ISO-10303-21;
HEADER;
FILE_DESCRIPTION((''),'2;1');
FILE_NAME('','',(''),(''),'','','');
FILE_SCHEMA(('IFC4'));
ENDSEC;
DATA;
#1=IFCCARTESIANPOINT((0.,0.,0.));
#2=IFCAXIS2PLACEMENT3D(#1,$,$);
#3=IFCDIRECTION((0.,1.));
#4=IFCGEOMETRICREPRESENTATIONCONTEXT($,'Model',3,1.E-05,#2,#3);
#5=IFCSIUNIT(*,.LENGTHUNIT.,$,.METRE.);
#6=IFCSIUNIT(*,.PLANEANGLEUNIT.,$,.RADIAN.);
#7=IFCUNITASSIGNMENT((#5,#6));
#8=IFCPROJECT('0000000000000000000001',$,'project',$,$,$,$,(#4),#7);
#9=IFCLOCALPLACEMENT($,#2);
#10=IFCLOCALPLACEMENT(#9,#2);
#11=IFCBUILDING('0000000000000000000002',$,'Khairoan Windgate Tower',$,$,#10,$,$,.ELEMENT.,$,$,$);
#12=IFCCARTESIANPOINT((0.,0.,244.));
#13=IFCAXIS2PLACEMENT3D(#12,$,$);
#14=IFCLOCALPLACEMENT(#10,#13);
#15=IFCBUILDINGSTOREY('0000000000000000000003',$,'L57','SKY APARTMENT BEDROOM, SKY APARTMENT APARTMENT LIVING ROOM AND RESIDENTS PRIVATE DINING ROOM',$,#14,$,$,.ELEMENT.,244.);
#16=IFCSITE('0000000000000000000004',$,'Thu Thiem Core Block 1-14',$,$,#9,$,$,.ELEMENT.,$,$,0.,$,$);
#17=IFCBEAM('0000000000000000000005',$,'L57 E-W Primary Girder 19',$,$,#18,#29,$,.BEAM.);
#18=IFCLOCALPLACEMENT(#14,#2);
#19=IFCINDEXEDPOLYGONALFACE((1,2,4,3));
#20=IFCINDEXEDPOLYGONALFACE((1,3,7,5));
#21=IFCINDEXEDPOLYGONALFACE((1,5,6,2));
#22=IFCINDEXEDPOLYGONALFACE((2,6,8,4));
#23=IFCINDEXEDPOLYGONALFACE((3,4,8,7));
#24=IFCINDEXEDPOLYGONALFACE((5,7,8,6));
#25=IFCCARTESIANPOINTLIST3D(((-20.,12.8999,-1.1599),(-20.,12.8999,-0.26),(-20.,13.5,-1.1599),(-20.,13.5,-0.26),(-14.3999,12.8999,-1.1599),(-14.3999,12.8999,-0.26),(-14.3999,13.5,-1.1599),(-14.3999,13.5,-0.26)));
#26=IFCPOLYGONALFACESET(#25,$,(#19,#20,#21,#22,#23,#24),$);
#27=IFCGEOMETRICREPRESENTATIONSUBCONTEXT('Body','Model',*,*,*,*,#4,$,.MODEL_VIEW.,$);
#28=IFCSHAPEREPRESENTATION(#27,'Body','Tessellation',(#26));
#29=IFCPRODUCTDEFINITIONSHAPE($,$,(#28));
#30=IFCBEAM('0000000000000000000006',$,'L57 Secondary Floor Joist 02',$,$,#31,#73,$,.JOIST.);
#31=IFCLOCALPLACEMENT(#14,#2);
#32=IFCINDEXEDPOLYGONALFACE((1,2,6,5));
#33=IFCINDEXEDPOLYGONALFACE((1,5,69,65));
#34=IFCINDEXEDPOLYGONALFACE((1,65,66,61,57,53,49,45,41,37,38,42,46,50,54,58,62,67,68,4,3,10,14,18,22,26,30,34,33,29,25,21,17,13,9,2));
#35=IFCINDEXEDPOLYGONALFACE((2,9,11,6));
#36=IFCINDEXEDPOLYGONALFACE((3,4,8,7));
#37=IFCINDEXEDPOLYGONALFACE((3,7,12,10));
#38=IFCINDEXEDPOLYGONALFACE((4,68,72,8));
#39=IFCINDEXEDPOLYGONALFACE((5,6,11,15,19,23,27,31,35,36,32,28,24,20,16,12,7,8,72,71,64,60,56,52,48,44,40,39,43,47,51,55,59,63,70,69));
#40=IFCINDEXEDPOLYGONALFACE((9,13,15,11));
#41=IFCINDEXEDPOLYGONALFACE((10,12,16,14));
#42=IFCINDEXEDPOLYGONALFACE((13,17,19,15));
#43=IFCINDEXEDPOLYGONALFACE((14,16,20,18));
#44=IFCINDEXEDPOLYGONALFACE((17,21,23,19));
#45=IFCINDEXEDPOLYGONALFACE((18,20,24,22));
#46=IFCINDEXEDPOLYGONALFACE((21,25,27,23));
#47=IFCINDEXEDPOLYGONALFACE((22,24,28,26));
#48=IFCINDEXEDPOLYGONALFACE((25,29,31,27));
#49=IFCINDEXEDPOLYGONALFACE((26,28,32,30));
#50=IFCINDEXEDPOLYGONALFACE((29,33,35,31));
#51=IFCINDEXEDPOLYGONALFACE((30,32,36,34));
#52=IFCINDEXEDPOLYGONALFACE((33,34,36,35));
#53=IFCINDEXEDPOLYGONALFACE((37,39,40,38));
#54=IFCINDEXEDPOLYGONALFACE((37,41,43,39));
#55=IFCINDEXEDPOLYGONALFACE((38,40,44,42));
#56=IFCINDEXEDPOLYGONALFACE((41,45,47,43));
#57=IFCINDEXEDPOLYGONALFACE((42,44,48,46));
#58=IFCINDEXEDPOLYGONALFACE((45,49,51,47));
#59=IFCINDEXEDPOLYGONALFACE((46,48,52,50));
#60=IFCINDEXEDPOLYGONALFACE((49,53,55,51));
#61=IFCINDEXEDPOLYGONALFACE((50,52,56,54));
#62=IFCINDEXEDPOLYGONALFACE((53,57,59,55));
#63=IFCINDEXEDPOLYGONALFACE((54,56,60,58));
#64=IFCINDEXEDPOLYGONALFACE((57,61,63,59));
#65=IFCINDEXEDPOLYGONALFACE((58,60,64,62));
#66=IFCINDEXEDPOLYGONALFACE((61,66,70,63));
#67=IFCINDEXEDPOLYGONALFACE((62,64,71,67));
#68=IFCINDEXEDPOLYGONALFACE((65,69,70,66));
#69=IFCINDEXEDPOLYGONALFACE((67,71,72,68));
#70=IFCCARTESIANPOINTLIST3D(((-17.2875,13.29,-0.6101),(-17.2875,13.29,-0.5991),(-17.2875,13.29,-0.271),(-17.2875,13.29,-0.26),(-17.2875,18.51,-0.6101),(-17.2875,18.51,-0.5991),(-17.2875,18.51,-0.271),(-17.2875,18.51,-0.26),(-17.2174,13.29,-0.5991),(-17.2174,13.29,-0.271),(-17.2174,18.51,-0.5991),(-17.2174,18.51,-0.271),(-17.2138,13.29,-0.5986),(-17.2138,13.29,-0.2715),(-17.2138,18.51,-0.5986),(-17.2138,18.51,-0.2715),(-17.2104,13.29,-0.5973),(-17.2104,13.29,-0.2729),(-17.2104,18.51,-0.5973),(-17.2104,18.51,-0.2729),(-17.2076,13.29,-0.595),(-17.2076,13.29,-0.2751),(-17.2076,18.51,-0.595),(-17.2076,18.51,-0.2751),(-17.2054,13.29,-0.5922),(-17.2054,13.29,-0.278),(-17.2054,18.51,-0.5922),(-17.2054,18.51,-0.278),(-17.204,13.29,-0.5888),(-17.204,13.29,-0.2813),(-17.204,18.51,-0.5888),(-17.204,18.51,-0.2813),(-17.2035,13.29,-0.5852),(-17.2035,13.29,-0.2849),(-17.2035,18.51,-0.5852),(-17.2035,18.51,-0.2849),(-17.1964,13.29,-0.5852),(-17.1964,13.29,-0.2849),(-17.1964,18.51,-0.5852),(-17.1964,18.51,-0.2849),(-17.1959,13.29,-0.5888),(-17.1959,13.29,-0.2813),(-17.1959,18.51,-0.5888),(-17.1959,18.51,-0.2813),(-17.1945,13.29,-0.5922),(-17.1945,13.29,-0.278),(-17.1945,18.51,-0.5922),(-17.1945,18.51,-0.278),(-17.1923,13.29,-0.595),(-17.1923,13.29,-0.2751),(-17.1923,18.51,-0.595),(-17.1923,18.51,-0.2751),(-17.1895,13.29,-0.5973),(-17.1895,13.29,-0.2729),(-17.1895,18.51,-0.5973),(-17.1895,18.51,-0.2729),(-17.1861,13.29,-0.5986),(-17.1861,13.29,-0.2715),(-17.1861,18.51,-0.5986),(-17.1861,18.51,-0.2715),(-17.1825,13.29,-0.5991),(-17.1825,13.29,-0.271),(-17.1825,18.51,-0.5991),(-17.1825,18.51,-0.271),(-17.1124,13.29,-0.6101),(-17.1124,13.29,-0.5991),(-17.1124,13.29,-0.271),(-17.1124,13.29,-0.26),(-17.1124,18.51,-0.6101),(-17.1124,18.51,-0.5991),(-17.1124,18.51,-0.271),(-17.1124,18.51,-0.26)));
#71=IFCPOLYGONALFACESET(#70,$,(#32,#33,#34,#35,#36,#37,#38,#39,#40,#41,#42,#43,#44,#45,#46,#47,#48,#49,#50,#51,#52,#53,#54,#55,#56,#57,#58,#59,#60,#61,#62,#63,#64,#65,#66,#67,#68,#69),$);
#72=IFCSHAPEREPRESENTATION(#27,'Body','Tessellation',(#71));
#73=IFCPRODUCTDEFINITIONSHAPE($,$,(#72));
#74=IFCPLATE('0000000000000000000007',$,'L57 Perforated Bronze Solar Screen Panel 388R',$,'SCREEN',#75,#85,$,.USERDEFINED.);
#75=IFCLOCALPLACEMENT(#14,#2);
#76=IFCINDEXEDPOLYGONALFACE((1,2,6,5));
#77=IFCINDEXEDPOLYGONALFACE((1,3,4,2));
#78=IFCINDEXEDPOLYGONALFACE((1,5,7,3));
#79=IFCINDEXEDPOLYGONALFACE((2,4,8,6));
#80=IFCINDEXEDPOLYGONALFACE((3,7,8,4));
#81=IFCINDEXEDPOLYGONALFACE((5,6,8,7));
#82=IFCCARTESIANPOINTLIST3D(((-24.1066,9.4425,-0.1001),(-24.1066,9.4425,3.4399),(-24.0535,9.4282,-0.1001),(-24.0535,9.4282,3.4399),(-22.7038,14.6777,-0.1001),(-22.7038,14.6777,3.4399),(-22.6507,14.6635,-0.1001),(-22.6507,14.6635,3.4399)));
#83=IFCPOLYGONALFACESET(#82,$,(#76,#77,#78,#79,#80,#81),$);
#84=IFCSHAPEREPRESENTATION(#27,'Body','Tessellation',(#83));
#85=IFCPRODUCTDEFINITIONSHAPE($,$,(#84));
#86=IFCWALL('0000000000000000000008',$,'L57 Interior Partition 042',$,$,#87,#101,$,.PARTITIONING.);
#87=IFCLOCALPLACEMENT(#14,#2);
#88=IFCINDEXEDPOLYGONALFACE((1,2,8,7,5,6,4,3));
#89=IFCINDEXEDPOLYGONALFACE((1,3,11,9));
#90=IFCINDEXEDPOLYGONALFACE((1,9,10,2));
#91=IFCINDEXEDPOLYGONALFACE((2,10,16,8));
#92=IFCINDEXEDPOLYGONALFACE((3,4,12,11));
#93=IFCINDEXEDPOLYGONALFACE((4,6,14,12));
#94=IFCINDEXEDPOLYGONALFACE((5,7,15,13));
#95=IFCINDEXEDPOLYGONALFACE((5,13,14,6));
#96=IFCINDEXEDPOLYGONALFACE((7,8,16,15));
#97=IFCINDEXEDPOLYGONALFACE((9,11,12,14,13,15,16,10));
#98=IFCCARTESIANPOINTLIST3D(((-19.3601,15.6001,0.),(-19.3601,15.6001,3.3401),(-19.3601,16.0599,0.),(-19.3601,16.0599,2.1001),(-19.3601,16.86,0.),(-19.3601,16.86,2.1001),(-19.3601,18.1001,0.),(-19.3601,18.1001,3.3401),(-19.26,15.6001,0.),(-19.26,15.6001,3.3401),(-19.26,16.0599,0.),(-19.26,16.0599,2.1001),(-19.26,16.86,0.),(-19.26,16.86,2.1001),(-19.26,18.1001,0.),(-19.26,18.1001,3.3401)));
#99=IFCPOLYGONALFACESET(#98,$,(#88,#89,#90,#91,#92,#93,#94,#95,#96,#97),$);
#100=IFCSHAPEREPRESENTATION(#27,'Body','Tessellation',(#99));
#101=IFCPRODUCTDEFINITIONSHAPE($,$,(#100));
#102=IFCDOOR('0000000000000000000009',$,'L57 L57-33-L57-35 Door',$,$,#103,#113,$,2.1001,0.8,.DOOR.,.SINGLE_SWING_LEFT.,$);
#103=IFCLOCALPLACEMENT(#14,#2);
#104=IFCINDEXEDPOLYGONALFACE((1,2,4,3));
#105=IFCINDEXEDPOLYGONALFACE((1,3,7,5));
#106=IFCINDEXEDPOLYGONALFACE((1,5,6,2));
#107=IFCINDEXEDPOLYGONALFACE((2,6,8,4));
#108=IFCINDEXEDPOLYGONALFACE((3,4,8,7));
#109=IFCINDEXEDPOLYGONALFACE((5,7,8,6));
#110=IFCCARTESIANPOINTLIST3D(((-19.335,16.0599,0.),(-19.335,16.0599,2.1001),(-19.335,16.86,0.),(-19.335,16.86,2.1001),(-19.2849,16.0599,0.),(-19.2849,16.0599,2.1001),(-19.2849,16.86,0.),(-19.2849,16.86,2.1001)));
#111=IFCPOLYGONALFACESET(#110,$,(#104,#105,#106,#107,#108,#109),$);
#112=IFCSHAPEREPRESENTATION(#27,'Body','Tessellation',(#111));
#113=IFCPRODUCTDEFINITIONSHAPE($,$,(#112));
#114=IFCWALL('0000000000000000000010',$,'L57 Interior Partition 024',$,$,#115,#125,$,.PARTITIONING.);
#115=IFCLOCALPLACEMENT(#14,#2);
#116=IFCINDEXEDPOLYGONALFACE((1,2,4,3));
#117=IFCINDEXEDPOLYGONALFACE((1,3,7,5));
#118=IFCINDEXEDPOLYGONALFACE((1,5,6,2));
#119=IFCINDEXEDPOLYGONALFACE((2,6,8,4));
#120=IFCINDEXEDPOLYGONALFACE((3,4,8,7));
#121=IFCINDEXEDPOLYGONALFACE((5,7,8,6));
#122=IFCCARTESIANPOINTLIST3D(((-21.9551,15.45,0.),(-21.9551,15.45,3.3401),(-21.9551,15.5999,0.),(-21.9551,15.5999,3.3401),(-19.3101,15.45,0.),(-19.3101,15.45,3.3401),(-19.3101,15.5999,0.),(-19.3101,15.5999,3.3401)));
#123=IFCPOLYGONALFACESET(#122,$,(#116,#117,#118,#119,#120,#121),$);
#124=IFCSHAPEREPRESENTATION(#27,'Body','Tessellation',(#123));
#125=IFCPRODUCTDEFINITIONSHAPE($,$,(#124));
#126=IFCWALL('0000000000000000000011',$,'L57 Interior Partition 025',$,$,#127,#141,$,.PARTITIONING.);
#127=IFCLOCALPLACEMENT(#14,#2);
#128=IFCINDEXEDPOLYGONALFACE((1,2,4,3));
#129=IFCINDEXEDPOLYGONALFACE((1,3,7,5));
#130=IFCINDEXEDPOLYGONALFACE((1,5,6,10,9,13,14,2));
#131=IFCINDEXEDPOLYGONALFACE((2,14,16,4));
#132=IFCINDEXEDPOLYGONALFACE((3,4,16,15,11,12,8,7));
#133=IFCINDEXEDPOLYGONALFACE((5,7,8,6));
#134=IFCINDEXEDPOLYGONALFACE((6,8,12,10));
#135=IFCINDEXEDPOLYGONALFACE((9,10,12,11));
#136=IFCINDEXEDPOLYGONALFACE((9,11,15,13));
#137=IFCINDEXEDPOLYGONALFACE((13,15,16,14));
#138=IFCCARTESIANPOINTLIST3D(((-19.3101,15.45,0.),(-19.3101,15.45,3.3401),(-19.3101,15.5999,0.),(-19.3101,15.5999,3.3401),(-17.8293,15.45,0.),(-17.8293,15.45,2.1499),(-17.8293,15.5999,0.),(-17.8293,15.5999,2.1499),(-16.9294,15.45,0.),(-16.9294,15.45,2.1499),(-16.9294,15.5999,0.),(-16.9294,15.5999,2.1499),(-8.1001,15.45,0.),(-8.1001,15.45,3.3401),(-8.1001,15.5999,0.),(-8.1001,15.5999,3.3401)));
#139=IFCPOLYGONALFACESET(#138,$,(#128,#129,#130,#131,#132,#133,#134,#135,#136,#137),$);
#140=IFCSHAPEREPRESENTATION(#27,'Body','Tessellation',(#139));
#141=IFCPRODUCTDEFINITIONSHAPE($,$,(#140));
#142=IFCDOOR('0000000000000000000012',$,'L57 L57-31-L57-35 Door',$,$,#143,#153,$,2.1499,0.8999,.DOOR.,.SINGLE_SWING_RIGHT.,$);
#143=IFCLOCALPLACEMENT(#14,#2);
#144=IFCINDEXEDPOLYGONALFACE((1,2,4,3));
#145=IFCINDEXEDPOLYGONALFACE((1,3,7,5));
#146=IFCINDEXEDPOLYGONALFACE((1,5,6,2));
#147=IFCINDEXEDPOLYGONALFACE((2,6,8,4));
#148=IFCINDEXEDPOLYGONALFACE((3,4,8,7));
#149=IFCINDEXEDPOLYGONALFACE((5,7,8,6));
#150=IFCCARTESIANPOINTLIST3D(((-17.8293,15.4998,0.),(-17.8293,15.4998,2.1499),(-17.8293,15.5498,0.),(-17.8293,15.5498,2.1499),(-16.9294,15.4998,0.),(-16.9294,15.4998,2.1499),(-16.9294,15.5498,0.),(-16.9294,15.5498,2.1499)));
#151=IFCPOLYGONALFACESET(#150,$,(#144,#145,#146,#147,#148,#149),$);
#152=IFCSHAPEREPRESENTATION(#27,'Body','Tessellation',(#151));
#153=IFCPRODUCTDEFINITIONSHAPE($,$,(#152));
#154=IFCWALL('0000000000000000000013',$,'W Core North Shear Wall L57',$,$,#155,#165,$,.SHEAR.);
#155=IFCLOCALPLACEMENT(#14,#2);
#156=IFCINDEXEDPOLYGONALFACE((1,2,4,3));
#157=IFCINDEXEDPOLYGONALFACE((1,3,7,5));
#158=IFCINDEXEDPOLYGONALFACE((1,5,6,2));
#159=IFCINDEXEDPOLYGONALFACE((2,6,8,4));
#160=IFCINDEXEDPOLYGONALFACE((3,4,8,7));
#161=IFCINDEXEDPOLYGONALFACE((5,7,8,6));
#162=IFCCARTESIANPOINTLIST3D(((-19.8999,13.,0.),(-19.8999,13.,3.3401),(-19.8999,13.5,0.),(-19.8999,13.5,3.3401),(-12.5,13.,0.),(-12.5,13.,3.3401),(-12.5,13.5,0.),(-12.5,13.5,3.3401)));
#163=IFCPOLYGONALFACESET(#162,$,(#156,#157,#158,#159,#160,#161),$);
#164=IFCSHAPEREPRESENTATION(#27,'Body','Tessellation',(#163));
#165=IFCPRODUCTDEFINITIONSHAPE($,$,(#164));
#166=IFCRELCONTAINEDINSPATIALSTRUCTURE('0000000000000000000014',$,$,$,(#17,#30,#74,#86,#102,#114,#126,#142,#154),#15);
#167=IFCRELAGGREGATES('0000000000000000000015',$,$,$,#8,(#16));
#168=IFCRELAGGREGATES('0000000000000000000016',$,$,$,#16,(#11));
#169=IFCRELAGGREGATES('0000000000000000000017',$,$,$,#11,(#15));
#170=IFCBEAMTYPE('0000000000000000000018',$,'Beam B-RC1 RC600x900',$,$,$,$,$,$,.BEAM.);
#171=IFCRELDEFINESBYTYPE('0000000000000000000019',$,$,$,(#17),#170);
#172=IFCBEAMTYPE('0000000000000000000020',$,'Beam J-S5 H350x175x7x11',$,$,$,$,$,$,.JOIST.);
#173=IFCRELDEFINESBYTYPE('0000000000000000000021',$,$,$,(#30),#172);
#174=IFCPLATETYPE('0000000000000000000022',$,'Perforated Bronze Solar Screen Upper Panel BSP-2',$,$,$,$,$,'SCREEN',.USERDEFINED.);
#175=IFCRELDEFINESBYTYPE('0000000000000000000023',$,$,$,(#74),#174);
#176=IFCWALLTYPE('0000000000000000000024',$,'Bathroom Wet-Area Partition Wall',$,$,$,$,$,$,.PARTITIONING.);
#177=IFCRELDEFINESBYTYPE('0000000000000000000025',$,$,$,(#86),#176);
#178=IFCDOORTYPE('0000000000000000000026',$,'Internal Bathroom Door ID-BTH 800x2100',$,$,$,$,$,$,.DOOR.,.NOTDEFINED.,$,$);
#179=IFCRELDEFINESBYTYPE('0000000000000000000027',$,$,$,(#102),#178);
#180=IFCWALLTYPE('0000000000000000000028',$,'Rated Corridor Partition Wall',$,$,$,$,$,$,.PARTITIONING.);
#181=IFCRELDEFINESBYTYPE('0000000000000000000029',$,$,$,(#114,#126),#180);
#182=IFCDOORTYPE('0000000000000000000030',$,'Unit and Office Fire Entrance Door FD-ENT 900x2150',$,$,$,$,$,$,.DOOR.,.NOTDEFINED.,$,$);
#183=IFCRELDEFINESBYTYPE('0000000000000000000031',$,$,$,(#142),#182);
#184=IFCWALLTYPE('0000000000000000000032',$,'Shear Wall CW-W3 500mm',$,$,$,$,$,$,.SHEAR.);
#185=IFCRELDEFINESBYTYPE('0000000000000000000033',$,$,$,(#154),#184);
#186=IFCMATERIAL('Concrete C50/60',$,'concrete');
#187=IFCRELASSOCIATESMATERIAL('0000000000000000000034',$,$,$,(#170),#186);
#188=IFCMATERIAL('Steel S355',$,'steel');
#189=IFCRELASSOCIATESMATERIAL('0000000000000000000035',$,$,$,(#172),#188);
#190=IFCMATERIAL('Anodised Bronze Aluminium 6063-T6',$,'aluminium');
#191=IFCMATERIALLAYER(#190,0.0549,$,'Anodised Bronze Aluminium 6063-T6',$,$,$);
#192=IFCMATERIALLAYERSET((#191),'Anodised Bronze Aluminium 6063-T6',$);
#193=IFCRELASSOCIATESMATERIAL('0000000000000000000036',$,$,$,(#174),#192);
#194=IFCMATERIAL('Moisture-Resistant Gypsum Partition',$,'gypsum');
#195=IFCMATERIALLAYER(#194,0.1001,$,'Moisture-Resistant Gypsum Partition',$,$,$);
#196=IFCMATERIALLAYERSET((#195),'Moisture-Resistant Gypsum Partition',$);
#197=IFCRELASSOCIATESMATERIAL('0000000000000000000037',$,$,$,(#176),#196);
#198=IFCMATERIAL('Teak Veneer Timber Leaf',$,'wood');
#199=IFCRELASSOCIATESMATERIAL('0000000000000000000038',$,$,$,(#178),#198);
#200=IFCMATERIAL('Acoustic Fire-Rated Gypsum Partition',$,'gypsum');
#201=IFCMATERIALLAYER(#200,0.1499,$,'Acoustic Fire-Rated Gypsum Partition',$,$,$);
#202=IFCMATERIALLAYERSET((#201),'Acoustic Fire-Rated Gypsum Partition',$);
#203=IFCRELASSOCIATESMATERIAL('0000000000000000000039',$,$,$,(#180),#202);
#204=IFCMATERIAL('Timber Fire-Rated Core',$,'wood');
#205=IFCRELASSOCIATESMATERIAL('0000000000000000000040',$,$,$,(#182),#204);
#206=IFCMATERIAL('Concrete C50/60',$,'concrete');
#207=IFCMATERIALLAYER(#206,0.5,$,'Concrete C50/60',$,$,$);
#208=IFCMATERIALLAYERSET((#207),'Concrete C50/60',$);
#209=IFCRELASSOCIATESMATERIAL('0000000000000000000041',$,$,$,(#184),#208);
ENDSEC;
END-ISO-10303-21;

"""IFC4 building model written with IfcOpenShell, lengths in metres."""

from ifc_helpers import new_model, si_unit, direction, frame, frame_2d, origin, origin_2d, place, context, subcontext, project, spatial, rectangle, i_section, extrude, material, layer, layer_set, material_profile, profile_set, type_object, element, fill, save


model = new_model("IFC4")

# Units and contexts
model_context = context("Model", 3, precision=1e-05, world=origin(), true_north=direction((0.0, 1.0)))
body_context = subcontext(model_context, "Body", "Model", "MODEL_VIEW")
ifc_project = project(units=[si_unit("LENGTHUNIT", "METRE"), si_unit("PLANEANGLEUNIT", "RADIAN")], contexts=[model_context])

# Site, building, storey
site_placement = place(None, origin())
site = spatial("IfcSite", under=ifc_project, at=site_placement, Name="Thu Thiem Core Block 1-14", CompositionType="ELEMENT", RefElevation=0.0)
building_placement = place(site_placement, origin())
building = spatial("IfcBuilding", under=site, at=building_placement, Name="Khairoan Windgate Tower", CompositionType="ELEMENT")
storey_placement = place(building_placement, frame((0.0, 0.0, 244.0)))
storey = spatial("IfcBuildingStorey", under=building, at=storey_placement, Name="L57", Description="SKY APARTMENT BEDROOM, SKY APARTMENT APARTMENT LIVING ROOM AND RESIDENTS PRIVATE DINING ROOM", CompositionType="ELEMENT", Elevation=244.0)

# Beams
ifc_material_1 = material(Name="Concrete C50/60", Category="concrete")
ifc_material_profile_1 = material_profile(ifc_material_1, rectangle(XDim=0.6001, YDim=0.8999, at=origin_2d()))
ifc_profile_set_1 = profile_set([ifc_material_profile_1], Name="Concrete C50/60")
beam_type_1 = type_object("IfcBeamType", Name="Beam B-RC1 RC600x900", PredefinedType="BEAM", material=ifc_profile_set_1)
beam_1_placement = place(storey_placement, frame((-20.0, 13.2, -0.71), z_axis=(1.0, 0.0, 0.0), x_axis=(0.0, 1.0, 0.0)))
element("IfcBeam", 1, at=beam_1_placement, inside=storey, type_object=beam_type_1, Name="L57 E-W Primary Girder 19", PredefinedType="BEAM", context=body_context, shape_type="SweptSolid", body=[
    extrude(rectangle(XDim=0.6001, YDim=0.8999, at=origin_2d()), origin(), (0.0, 0.0, 1.0), 5.6001),
])
ifc_material_2 = material(Name="Steel S355", Category="steel")
ifc_material_profile_2 = material_profile(ifc_material_2, i_section(OverallWidth=0.175, OverallDepth=0.3501, WebThickness=0.0071, FlangeThickness=0.011, FilletRadius=0.0139, at=origin_2d()))
ifc_profile_set_2 = profile_set([ifc_material_profile_2], Name="Steel S355")
beam_type_2 = type_object("IfcBeamType", Name="Beam J-S5 H350x175x7x11", PredefinedType="JOIST", material=ifc_profile_set_2)
beam_2_placement = place(storey_placement, frame((-17.2, 13.29, -0.4351), z_axis=(0.0, 1.0, 0.0), x_axis=(-1.0, 0.0, 0.0)))
element("IfcBeam", 2, at=beam_2_placement, inside=storey, type_object=beam_type_2, Name="L57 Secondary Floor Joist 02", PredefinedType="JOIST", context=body_context, shape_type="SweptSolid", body=[
    extrude(i_section(OverallWidth=0.175, OverallDepth=0.3501, WebThickness=0.0071, FlangeThickness=0.011, FilletRadius=0.0139, at=origin_2d()), origin(), (0.0, 0.0, 1.0), 5.22),
])

# Plate
ifc_material_3 = material(Name="Anodised Bronze Aluminium 6063-T6", Category="aluminium")
ifc_layer_1 = layer(ifc_material_3, 0.0549, Name="Anodised Bronze Aluminium 6063-T6")
ifc_layer_set_1 = layer_set([ifc_layer_1], Name="Anodised Bronze Aluminium 6063-T6")
plate_type = type_object("IfcPlateType", Name="Perforated Bronze Solar Screen Upper Panel BSP-2", ElementType="SCREEN", PredefinedType="USERDEFINED", material=ifc_layer_set_1)
plate_placement = place(storey_placement, frame((-23.3787, 12.053, -0.1001), z_axis=(0.0, 0.0, 1.0), x_axis=(0.258819, 0.965926, 0.0)))
element("IfcPlate", 3, at=plate_placement, inside=storey, type_object=plate_type, Name="L57 Perforated Bronze Solar Screen Panel 388R", ObjectType="SCREEN", PredefinedType="USERDEFINED", context=body_context, shape_type="SweptSolid", body=[
    extrude(rectangle(XDim=5.4199, YDim=0.0549, at=origin_2d()), origin(), (0.0, 0.0, 1.0), 3.54),
])

# Wall, opening, door
ifc_material_4 = material(Name="Moisture-Resistant Gypsum Partition", Category="gypsum")
ifc_layer_2 = layer(ifc_material_4, 0.1001, Name="Moisture-Resistant Gypsum Partition")
ifc_layer_set_2 = layer_set([ifc_layer_2], Name="Moisture-Resistant Gypsum Partition")
wall_type_1 = type_object("IfcWallType", Name="Bathroom Wet-Area Partition Wall", PredefinedType="PARTITIONING", material=ifc_layer_set_2)
wall_1_placement = place(storey_placement, frame((-19.3101, 15.6001, 0.0), z_axis=(0.0, 0.0, 1.0), x_axis=(0.0, 1.0, 0.0)))
wall_1 = element("IfcWall", 4, at=wall_1_placement, inside=storey, type_object=wall_type_1, Name="L57 Interior Partition 042", PredefinedType="PARTITIONING", context=body_context, shape_type="SweptSolid", body=[
    extrude(rectangle(XDim=2.5, YDim=0.1001, at=frame_2d((1.25, 0.0))), origin(), (0.0, 0.0, 1.0), 3.3401),
])
opening_1_placement = place(wall_1_placement, frame((0.46, 0.0, 0.0)))
opening_1 = element("IfcOpeningElement", 5, at=opening_1_placement, cuts=wall_1, PredefinedType="OPENING", context=body_context, shape_type="SweptSolid", body=[
    extrude(rectangle(XDim=0.8, YDim=2.1001, at=frame_2d((0.3999, 1.05))), frame((0.0, 0.0601, 0.0), z_axis=(0.0, -1.0, 0.0), x_axis=(1.0, 0.0, 0.0)), (0.0, 0.0, 1.0), 0.1201),
])
ifc_material_5 = material(Name="Teak Veneer Timber Leaf", Category="wood")
door_type_1 = type_object("IfcDoorType", Name="Internal Bathroom Door ID-BTH 800x2100", OperationType="NOTDEFINED", PredefinedType="DOOR", material=ifc_material_5)
door_1_placement = place(opening_1_placement, origin())
door_1 = element("IfcDoor", 6, at=door_1_placement, inside=storey, type_object=door_type_1, Name="L57 L57-33-L57-35 Door", OperationType="SINGLE_SWING_LEFT", OverallHeight=2.1001, OverallWidth=0.8, PredefinedType="DOOR", context=body_context, shape_type="SweptSolid", body=[
    extrude(rectangle(XDim=0.8, YDim=2.1001, at=frame_2d((0.3999, 1.05))), frame((0.0, 0.0249, 0.0), z_axis=(0.0, -1.0, 0.0), x_axis=(1.0, 0.0, 0.0)), (0.0, 0.0, 1.0), 0.05),
])
fill(opening_1, door_1)

# Wall
ifc_material_6 = material(Name="Acoustic Fire-Rated Gypsum Partition", Category="gypsum")
ifc_layer_3 = layer(ifc_material_6, 0.1499, Name="Acoustic Fire-Rated Gypsum Partition")
ifc_layer_set_3 = layer_set([ifc_layer_3], Name="Acoustic Fire-Rated Gypsum Partition")
wall_type_2 = type_object("IfcWallType", Name="Rated Corridor Partition Wall", PredefinedType="PARTITIONING", material=ifc_layer_set_3)
wall_2_placement = place(storey_placement, frame((-21.9551, 15.5249, 0.0), z_axis=(0.0, 0.0, 1.0), x_axis=(1.0, 0.0, 0.0)))
element("IfcWall", 7, at=wall_2_placement, inside=storey, type_object=wall_type_2, Name="L57 Interior Partition 024", PredefinedType="PARTITIONING", context=body_context, shape_type="SweptSolid", body=[
    extrude(rectangle(XDim=2.645, YDim=0.1499, at=frame_2d((1.3225, 0.0))), origin(), (0.0, 0.0, 1.0), 3.3401),
])

# Wall, opening, door
wall_3_placement = place(storey_placement, frame((-19.3101, 15.5249, 0.0), z_axis=(0.0, 0.0, 1.0), x_axis=(1.0, 0.0, 0.0)))
wall_3 = element("IfcWall", 8, at=wall_3_placement, inside=storey, type_object=wall_type_2, Name="L57 Interior Partition 025", PredefinedType="PARTITIONING", context=body_context, shape_type="SweptSolid", body=[
    extrude(rectangle(XDim=11.21, YDim=0.1499, at=frame_2d((5.605, 0.0))), origin(), (0.0, 0.0, 1.0), 3.3401),
])
opening_2_placement = place(wall_3_placement, frame((1.4807, 0.0, 0.0)))
opening_2 = element("IfcOpeningElement", 9, at=opening_2_placement, cuts=wall_3, PredefinedType="OPENING", context=body_context, shape_type="SweptSolid", body=[
    extrude(rectangle(XDim=0.8999, YDim=2.1499, at=frame_2d((0.45, 1.075))), frame((0.0, 0.085, 0.0), z_axis=(0.0, -1.0, 0.0), x_axis=(1.0, 0.0, 0.0)), (0.0, 0.0, 1.0), 0.1699),
])
ifc_material_7 = material(Name="Timber Fire-Rated Core", Category="wood")
door_type_2 = type_object("IfcDoorType", Name="Unit and Office Fire Entrance Door FD-ENT 900x2150", OperationType="NOTDEFINED", PredefinedType="DOOR", material=ifc_material_7)
door_2_placement = place(opening_2_placement, origin())
door_2 = element("IfcDoor", 10, at=door_2_placement, inside=storey, type_object=door_type_2, Name="L57 L57-31-L57-35 Door", OperationType="SINGLE_SWING_RIGHT", OverallHeight=2.1499, OverallWidth=0.8999, PredefinedType="DOOR", context=body_context, shape_type="SweptSolid", body=[
    extrude(rectangle(XDim=0.8999, YDim=2.1499, at=frame_2d((0.45, 1.075))), frame((0.0, 0.0249, 0.0), z_axis=(0.0, -1.0, 0.0), x_axis=(1.0, 0.0, 0.0)), (0.0, 0.0, 1.0), 0.05),
])
fill(opening_2, door_2)

# Wall
ifc_material_8 = material(Name="Concrete C50/60", Category="concrete")
ifc_layer_4 = layer(ifc_material_8, 0.5, Name="Concrete C50/60")
ifc_layer_set_4 = layer_set([ifc_layer_4], Name="Concrete C50/60")
wall_type_3 = type_object("IfcWallType", Name="Shear Wall CW-W3 500mm", PredefinedType="SHEAR", material=ifc_layer_set_4)
wall_4_placement = place(storey_placement, frame((-19.8999, 13.25, 0.0), z_axis=(0.0, 0.0, 1.0), x_axis=(1.0, 0.0, 0.0)))
element("IfcWall", 11, at=wall_4_placement, inside=storey, type_object=wall_type_3, Name="W Core North Shear Wall L57", PredefinedType="SHEAR", context=body_context, shape_type="SweptSolid", body=[
    extrude(rectangle(XDim=7.3999, YDim=0.5, at=frame_2d((3.7, 0.0))), origin(), (0.0, 0.0, 1.0), 3.3401),
])

save(model, "model.ifc")
